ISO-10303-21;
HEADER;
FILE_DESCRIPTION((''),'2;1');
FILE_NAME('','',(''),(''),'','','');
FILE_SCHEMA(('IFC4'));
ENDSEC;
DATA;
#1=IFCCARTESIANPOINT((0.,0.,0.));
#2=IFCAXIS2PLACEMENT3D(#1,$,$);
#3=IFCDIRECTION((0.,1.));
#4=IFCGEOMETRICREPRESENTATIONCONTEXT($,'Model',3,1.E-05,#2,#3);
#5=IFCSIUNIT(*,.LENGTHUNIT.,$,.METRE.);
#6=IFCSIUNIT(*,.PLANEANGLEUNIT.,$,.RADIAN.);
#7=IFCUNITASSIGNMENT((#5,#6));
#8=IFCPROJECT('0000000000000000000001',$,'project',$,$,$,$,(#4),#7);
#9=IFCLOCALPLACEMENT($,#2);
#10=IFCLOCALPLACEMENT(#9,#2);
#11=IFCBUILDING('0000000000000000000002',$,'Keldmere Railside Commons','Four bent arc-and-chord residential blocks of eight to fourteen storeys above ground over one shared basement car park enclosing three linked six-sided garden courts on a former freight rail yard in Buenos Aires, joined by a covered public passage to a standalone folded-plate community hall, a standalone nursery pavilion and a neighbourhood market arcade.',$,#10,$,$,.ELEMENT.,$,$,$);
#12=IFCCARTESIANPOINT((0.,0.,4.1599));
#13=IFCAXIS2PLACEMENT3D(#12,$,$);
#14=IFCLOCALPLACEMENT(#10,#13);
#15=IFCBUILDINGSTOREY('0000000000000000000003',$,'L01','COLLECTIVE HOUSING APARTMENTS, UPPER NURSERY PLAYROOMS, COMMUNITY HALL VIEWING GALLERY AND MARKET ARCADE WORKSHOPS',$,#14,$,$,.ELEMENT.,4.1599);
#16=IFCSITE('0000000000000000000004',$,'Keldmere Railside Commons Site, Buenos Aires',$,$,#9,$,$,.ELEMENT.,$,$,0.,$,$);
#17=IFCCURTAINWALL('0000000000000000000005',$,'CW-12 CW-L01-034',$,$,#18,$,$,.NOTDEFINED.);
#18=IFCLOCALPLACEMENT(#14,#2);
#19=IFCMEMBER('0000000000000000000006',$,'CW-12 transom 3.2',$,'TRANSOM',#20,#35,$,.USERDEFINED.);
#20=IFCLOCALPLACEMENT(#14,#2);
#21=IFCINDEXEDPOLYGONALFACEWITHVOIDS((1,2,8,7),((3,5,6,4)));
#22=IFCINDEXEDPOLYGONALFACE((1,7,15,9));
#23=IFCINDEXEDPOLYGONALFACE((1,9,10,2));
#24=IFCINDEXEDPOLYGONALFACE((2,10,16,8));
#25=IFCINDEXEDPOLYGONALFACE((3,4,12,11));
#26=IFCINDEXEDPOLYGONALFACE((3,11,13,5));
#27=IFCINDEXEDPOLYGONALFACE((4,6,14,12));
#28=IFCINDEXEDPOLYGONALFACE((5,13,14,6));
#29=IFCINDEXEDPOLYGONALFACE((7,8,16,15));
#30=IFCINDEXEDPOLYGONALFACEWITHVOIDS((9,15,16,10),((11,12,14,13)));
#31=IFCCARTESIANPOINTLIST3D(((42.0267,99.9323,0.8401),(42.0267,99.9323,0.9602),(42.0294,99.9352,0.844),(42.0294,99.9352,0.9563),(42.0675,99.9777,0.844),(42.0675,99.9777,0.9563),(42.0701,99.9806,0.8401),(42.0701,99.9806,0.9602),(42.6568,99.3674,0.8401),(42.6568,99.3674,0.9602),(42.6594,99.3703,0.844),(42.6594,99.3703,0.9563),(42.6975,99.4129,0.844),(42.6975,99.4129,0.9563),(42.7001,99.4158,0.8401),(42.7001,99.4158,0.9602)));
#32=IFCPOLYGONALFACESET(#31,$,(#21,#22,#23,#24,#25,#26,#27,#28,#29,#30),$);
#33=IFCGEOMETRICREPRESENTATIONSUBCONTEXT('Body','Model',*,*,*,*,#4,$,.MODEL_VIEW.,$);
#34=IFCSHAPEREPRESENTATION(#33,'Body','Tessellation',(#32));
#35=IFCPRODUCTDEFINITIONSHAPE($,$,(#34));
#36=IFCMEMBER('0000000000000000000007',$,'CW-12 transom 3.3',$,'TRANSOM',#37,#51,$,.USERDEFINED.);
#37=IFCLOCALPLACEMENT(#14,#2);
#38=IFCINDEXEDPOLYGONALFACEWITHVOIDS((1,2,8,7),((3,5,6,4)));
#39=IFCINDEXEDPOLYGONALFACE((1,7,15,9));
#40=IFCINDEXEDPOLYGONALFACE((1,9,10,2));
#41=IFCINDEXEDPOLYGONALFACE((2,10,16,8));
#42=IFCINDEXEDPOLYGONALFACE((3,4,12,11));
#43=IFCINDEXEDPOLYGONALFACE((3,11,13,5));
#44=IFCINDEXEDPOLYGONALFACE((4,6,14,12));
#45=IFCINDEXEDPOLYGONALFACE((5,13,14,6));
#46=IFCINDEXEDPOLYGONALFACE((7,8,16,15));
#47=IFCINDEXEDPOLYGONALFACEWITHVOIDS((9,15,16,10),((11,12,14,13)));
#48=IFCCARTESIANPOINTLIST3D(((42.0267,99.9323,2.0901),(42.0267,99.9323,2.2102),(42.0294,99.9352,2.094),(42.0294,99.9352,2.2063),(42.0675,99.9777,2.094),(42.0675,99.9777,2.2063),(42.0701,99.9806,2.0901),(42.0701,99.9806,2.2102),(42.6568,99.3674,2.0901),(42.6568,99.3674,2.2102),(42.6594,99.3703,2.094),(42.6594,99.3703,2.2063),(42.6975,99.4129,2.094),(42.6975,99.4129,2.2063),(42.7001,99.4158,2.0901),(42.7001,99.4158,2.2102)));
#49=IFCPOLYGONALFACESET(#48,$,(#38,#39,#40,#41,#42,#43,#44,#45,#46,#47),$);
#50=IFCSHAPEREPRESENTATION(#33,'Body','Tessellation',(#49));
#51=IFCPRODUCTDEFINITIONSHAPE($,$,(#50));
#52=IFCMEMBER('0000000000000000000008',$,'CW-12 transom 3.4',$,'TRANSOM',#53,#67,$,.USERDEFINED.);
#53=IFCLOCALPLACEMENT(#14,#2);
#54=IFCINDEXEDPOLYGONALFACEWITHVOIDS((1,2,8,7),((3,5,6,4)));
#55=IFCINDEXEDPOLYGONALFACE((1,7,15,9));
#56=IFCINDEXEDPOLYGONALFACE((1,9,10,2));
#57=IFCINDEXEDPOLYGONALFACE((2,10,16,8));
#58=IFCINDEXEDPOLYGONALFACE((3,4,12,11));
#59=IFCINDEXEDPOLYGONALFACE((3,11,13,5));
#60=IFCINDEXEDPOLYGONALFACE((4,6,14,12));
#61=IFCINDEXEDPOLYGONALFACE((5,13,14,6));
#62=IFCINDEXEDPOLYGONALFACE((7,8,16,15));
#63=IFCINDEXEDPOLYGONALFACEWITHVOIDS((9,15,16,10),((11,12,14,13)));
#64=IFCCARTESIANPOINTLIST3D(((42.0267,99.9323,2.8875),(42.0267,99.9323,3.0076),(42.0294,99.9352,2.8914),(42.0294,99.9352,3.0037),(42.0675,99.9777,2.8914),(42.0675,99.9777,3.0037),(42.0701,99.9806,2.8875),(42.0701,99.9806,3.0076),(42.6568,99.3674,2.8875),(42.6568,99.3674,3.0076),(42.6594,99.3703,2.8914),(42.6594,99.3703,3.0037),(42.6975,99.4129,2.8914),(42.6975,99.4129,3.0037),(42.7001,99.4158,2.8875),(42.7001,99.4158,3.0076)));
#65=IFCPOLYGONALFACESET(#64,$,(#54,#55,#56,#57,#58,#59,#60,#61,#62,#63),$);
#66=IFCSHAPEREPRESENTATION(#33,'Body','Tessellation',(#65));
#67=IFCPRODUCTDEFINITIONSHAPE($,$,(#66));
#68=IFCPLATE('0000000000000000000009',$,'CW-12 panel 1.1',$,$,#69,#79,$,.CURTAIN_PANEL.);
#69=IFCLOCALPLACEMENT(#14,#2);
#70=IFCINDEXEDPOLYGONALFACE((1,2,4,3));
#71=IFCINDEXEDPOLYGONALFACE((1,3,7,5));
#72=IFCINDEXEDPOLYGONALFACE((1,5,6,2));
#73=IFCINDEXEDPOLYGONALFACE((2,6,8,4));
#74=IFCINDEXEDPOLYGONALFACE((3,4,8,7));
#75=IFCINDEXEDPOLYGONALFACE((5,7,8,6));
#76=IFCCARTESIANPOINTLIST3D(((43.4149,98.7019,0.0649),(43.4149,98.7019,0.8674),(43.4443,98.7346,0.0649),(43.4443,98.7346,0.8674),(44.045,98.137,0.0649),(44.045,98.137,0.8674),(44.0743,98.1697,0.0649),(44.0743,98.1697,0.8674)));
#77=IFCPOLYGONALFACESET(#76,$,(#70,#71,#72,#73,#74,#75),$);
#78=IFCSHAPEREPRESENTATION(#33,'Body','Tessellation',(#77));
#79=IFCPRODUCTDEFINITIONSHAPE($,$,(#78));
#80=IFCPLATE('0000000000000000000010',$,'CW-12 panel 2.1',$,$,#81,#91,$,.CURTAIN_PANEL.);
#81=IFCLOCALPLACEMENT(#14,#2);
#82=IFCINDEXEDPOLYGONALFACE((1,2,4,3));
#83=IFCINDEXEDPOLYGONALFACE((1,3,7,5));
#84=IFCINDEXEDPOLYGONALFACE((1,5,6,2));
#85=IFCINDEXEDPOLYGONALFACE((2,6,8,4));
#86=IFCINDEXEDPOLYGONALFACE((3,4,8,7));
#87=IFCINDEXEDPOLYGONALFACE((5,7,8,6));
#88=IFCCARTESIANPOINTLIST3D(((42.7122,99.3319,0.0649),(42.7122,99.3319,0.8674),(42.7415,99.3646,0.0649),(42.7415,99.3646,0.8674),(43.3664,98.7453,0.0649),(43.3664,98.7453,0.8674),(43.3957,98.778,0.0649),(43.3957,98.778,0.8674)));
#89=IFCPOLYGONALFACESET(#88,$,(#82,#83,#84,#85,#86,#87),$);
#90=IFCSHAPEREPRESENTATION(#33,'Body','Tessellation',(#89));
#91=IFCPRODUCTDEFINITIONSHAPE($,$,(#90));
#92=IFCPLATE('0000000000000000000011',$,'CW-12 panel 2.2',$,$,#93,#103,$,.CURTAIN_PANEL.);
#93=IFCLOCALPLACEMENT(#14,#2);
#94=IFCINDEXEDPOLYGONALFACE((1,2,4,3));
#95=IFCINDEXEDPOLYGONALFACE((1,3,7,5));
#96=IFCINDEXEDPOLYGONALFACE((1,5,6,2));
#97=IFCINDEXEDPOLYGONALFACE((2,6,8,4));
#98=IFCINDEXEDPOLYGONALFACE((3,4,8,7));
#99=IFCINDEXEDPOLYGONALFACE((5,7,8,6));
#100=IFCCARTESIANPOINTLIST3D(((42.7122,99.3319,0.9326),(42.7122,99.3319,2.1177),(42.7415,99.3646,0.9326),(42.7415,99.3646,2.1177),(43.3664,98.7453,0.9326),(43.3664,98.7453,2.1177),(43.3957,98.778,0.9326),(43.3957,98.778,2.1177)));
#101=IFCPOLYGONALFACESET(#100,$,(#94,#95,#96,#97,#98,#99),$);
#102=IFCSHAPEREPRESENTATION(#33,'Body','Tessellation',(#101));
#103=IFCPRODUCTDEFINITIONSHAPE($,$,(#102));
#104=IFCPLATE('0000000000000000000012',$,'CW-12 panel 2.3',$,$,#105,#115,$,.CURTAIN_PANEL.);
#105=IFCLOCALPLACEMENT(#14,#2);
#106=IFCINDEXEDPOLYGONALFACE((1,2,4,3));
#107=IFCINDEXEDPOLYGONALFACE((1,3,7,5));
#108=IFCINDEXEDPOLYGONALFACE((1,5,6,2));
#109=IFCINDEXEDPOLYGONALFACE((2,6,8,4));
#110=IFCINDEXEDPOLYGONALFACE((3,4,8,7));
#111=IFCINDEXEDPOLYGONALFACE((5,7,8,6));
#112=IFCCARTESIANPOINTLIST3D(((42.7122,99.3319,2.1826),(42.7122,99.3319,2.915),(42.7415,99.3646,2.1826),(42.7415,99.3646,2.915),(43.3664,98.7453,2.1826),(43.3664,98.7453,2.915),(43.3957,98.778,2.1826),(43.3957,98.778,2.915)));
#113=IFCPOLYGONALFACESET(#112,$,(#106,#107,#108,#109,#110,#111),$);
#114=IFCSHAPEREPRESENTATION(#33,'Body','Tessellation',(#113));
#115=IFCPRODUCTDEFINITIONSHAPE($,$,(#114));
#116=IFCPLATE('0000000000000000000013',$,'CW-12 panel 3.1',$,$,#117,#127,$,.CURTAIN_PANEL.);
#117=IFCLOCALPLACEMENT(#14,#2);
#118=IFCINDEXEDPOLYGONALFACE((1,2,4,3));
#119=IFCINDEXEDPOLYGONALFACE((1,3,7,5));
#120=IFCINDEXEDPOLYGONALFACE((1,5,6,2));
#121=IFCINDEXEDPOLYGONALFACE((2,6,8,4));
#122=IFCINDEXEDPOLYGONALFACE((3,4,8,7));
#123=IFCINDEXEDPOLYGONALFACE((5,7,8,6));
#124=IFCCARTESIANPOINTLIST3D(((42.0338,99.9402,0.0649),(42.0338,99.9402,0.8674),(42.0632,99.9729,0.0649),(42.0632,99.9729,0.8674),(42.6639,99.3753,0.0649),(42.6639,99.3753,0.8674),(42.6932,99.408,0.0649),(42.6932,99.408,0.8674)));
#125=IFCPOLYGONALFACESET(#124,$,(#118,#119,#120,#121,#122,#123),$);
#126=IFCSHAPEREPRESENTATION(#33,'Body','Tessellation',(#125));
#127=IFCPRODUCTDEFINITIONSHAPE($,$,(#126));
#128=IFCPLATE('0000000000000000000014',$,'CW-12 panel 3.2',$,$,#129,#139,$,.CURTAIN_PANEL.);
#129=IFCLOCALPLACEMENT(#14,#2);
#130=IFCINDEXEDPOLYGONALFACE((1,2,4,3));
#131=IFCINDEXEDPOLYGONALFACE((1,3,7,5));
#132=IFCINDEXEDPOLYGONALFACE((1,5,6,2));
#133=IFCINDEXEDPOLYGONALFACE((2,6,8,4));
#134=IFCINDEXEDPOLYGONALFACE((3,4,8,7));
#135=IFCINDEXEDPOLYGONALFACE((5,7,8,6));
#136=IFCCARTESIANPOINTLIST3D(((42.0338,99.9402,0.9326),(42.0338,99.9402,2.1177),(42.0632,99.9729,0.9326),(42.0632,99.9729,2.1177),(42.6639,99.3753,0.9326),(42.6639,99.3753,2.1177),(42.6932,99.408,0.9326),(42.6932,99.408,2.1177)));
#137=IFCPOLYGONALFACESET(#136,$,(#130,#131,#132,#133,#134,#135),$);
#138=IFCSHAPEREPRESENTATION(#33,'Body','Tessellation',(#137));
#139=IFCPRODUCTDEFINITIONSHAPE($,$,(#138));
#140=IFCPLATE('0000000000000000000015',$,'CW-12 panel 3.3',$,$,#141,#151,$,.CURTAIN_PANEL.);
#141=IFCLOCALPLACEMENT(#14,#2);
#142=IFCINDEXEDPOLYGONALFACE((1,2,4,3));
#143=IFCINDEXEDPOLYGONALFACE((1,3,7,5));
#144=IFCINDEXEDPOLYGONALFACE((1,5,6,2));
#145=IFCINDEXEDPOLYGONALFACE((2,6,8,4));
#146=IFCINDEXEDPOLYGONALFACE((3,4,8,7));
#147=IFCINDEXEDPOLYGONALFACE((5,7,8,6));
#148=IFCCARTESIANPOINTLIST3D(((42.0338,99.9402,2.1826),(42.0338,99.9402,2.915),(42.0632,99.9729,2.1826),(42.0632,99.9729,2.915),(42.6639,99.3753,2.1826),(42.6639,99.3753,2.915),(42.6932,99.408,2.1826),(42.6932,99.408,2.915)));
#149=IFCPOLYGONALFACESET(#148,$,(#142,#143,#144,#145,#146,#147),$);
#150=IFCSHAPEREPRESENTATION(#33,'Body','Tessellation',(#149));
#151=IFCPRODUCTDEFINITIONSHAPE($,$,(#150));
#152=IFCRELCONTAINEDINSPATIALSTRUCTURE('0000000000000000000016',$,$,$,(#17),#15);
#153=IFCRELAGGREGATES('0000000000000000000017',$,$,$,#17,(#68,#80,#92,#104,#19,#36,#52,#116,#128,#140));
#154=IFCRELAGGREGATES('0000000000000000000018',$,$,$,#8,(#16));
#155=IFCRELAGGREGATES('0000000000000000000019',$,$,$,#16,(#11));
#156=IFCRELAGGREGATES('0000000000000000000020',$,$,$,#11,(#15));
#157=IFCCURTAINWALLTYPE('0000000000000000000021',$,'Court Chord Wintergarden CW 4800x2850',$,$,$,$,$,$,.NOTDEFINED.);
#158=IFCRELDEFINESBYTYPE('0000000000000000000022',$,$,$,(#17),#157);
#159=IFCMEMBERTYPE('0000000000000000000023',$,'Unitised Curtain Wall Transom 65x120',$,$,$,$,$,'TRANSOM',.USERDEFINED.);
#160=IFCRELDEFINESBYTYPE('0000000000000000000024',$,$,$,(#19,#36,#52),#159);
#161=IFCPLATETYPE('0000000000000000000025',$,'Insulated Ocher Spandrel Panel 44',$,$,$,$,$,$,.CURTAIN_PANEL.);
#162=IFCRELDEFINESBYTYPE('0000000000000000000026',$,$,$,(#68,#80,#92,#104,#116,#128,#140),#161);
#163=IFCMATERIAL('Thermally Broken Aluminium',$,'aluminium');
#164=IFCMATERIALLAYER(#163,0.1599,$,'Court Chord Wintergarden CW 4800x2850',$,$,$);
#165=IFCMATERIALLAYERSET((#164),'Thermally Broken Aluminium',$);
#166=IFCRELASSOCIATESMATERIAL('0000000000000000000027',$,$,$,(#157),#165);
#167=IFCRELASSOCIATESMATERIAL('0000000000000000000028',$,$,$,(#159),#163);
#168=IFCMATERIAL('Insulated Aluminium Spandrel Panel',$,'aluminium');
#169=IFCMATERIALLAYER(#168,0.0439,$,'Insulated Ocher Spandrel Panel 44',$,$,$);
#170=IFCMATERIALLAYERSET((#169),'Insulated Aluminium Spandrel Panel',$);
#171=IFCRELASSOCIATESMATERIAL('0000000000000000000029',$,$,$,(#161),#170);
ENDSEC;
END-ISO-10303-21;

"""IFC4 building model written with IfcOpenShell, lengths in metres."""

from ifc_helpers import new_model, si_unit, direction, frame, origin, origin_2d, place, context, subcontext, project, spatial, rectangle, hollow_rectangle, extrude, material, layer, layer_set, material_profile, profile_set, type_object, element, aggregate, save


model = new_model("IFC4")

# Units and contexts
model_context = context("Model", 3, precision=1e-05, world=origin(), true_north=direction((0.0, 1.0)))
body_context = subcontext(model_context, "Body", "Model", "MODEL_VIEW")
ifc_project = project(units=[si_unit("LENGTHUNIT", "METRE"), si_unit("PLANEANGLEUNIT", "RADIAN")], contexts=[model_context])

# Site, building, storey
site_placement = place(None, origin())
site = spatial("IfcSite", under=ifc_project, at=site_placement, Name="Keldmere Railside Commons Site, Buenos Aires", CompositionType="ELEMENT", RefElevation=0.0)
building_placement = place(site_placement, origin())
building = spatial("IfcBuilding", under=site, at=building_placement, Name="Keldmere Railside Commons", Description="Four bent arc-and-chord residential blocks of eight to fourteen storeys above ground over one shared basement car park enclosing three linked six-sided garden courts on a former freight rail yard in Buenos Aires, joined by a covered public passage to a standalone folded-plate community hall, a standalone nursery pavilion and a neighbourhood market arcade.", CompositionType="ELEMENT")
storey_placement = place(building_placement, frame((0.0, 0.0, 4.1599)))
storey = spatial("IfcBuildingStorey", under=building, at=storey_placement, Name="L01", Description="COLLECTIVE HOUSING APARTMENTS, UPPER NURSERY PLAYROOMS, COMMUNITY HALL VIEWING GALLERY AND MARKET ARCADE WORKSHOPS", CompositionType="ELEMENT", Elevation=4.1599)

# Shared definitions
ifc_material_1 = material(Name="Thermally Broken Aluminium", Category="aluminium")
ifc_layer_1 = layer(ifc_material_1, 0.1599, Name="Court Chord Wintergarden CW 4800x2850")
ifc_layer_set_1 = layer_set([ifc_layer_1], Name="Thermally Broken Aluminium")
curtain_wall_type = type_object("IfcCurtainWallType", Name="Court Chord Wintergarden CW 4800x2850", PredefinedType="NOTDEFINED", material=ifc_layer_set_1)

# Curtain wall
curtain_wall_1_placement = place(storey_placement, origin())
curtain_wall_1 = element("IfcCurtainWall", 1, at=curtain_wall_1_placement, inside=storey, type_object=curtain_wall_type, Name="CW-12 CW-L01-034", PredefinedType="NOTDEFINED")

# Members
ifc_material_profile_1 = material_profile(ifc_material_1, hollow_rectangle(XDim=0.0649, YDim=0.1201, WallThickness=0.0039, at=origin_2d()), Name="ALU-TRAN-65x120")
ifc_profile_set_1 = profile_set([ifc_material_profile_1], Name="Thermally Broken Aluminium")
member_type_1 = type_object("IfcMemberType", Name="Unitised Curtain Wall Transom 65x120", ElementType="TRANSOM", PredefinedType="USERDEFINED", material=ifc_profile_set_1)
member_1_placement = place(storey_placement, frame((42.6785, 99.3916, 0.9001), z_axis=(-0.744569, 0.667545, 0.0), x_axis=(-0.667545, -0.744569, 0.0)))
member_1 = element("IfcMember", 2, at=member_1_placement, type_object=member_type_1, Name="CW-12 transom 3.2", ObjectType="TRANSOM", PredefinedType="USERDEFINED", context=body_context, shape_type="SweptSolid", body=[
    extrude(hollow_rectangle(XDim=0.0649, YDim=0.1201, WallThickness=0.0039, at=origin_2d()), origin(), (0.0, 0.0, 1.0), 0.8462),
])
member_2_placement = place(storey_placement, frame((42.6785, 99.3916, 2.1501), z_axis=(-0.744569, 0.667545, 0.0), x_axis=(-0.667545, -0.744569, 0.0)))
member_2 = element("IfcMember", 3, at=member_2_placement, type_object=member_type_1, Name="CW-12 transom 3.3", ObjectType="TRANSOM", PredefinedType="USERDEFINED", context=body_context, shape_type="SweptSolid", body=[
    extrude(hollow_rectangle(XDim=0.0649, YDim=0.1201, WallThickness=0.0039, at=origin_2d()), origin(), (0.0, 0.0, 1.0), 0.8462),
])
member_3_placement = place(storey_placement, frame((42.6785, 99.3916, 2.9475), z_axis=(-0.744569, 0.667545, 0.0), x_axis=(-0.667545, -0.744569, 0.0)))
member_3 = element("IfcMember", 4, at=member_3_placement, type_object=member_type_1, Name="CW-12 transom 3.4", ObjectType="TRANSOM", PredefinedType="USERDEFINED", context=body_context, shape_type="SweptSolid", body=[
    extrude(hollow_rectangle(XDim=0.0649, YDim=0.1201, WallThickness=0.0039, at=origin_2d()), origin(), (0.0, 0.0, 1.0), 0.8462),
])

# Plates
ifc_material_2 = material(Name="Insulated Aluminium Spandrel Panel", Category="aluminium")
ifc_layer_2 = layer(ifc_material_2, 0.0439, Name="Insulated Ocher Spandrel Panel 44")
ifc_layer_set_2 = layer_set([ifc_layer_2], Name="Insulated Aluminium Spandrel Panel")
plate_type = type_object("IfcPlateType", Name="Insulated Ocher Spandrel Panel 44", PredefinedType="CURTAIN_PANEL", material=ifc_layer_set_2)
plate_1_placement = place(storey_placement, frame((43.7446, 98.4358, 0.0649), z_axis=(0.0, 0.0, 1.0), x_axis=(-0.744557, 0.667559, 0.0)))
plate_1 = element("IfcPlate", 5, at=plate_1_placement, type_object=plate_type, Name="CW-12 panel 1.1", PredefinedType="CURTAIN_PANEL", context=body_context, shape_type="SweptSolid", body=[
    extrude(rectangle(XDim=0.8462, YDim=0.0439, at=origin_2d()), origin(), (0.0, 0.0, 1.0), 0.8025),
])
plate_2_placement = place(storey_placement, frame((43.054, 99.0549, 0.0649), z_axis=(0.0, 0.0, 1.0), x_axis=(-0.744557, 0.667559, 0.0)))
plate_2 = element("IfcPlate", 6, at=plate_2_placement, type_object=plate_type, Name="CW-12 panel 2.1", PredefinedType="CURTAIN_PANEL", context=body_context, shape_type="SweptSolid", body=[
    extrude(rectangle(XDim=0.8787, YDim=0.0439, at=origin_2d()), origin(), (0.0, 0.0, 1.0), 0.8025),
])
plate_3_placement = place(storey_placement, frame((43.054, 99.0549, 0.9326), z_axis=(0.0, 0.0, 1.0), x_axis=(-0.744557, 0.667559, 0.0)))
plate_3 = element("IfcPlate", 7, at=plate_3_placement, type_object=plate_type, Name="CW-12 panel 2.2", PredefinedType="CURTAIN_PANEL", context=body_context, shape_type="SweptSolid", body=[
    extrude(rectangle(XDim=0.8787, YDim=0.0439, at=origin_2d()), origin(), (0.0, 0.0, 1.0), 1.1851),
])
plate_4_placement = place(storey_placement, frame((43.054, 99.0549, 2.1826), z_axis=(0.0, 0.0, 1.0), x_axis=(-0.744557, 0.667559, 0.0)))
plate_4 = element("IfcPlate", 8, at=plate_4_placement, type_object=plate_type, Name="CW-12 panel 2.3", PredefinedType="CURTAIN_PANEL", context=body_context, shape_type="SweptSolid", body=[
    extrude(rectangle(XDim=0.8787, YDim=0.0439, at=origin_2d()), origin(), (0.0, 0.0, 1.0), 0.7324),
])
plate_5_placement = place(storey_placement, frame((42.3635, 99.6741, 0.0649), z_axis=(0.0, 0.0, 1.0), x_axis=(-0.744557, 0.667559, 0.0)))
plate_5 = element("IfcPlate", 9, at=plate_5_placement, type_object=plate_type, Name="CW-12 panel 3.1", PredefinedType="CURTAIN_PANEL", context=body_context, shape_type="SweptSolid", body=[
    extrude(rectangle(XDim=0.8462, YDim=0.0439, at=origin_2d()), origin(), (0.0, 0.0, 1.0), 0.8025),
])
plate_6_placement = place(storey_placement, frame((42.3635, 99.6741, 0.9326), z_axis=(0.0, 0.0, 1.0), x_axis=(-0.744557, 0.667559, 0.0)))
plate_6 = element("IfcPlate", 10, at=plate_6_placement, type_object=plate_type, Name="CW-12 panel 3.2", PredefinedType="CURTAIN_PANEL", context=body_context, shape_type="SweptSolid", body=[
    extrude(rectangle(XDim=0.8462, YDim=0.0439, at=origin_2d()), origin(), (0.0, 0.0, 1.0), 1.1851),
])
plate_7_placement = place(storey_placement, frame((42.3635, 99.6741, 2.1826), z_axis=(0.0, 0.0, 1.0), x_axis=(-0.744557, 0.667559, 0.0)))
plate_7 = element("IfcPlate", 11, at=plate_7_placement, type_object=plate_type, Name="CW-12 panel 3.3", PredefinedType="CURTAIN_PANEL", context=body_context, shape_type="SweptSolid", body=[
    extrude(rectangle(XDim=0.8462, YDim=0.0439, at=origin_2d()), origin(), (0.0, 0.0, 1.0), 0.7324),
])
aggregate(curtain_wall_1, [plate_1, plate_2, plate_3, plate_4, member_1, member_2, member_3, plate_5, plate_6, plate_7])

save(model, "model.ifc")
